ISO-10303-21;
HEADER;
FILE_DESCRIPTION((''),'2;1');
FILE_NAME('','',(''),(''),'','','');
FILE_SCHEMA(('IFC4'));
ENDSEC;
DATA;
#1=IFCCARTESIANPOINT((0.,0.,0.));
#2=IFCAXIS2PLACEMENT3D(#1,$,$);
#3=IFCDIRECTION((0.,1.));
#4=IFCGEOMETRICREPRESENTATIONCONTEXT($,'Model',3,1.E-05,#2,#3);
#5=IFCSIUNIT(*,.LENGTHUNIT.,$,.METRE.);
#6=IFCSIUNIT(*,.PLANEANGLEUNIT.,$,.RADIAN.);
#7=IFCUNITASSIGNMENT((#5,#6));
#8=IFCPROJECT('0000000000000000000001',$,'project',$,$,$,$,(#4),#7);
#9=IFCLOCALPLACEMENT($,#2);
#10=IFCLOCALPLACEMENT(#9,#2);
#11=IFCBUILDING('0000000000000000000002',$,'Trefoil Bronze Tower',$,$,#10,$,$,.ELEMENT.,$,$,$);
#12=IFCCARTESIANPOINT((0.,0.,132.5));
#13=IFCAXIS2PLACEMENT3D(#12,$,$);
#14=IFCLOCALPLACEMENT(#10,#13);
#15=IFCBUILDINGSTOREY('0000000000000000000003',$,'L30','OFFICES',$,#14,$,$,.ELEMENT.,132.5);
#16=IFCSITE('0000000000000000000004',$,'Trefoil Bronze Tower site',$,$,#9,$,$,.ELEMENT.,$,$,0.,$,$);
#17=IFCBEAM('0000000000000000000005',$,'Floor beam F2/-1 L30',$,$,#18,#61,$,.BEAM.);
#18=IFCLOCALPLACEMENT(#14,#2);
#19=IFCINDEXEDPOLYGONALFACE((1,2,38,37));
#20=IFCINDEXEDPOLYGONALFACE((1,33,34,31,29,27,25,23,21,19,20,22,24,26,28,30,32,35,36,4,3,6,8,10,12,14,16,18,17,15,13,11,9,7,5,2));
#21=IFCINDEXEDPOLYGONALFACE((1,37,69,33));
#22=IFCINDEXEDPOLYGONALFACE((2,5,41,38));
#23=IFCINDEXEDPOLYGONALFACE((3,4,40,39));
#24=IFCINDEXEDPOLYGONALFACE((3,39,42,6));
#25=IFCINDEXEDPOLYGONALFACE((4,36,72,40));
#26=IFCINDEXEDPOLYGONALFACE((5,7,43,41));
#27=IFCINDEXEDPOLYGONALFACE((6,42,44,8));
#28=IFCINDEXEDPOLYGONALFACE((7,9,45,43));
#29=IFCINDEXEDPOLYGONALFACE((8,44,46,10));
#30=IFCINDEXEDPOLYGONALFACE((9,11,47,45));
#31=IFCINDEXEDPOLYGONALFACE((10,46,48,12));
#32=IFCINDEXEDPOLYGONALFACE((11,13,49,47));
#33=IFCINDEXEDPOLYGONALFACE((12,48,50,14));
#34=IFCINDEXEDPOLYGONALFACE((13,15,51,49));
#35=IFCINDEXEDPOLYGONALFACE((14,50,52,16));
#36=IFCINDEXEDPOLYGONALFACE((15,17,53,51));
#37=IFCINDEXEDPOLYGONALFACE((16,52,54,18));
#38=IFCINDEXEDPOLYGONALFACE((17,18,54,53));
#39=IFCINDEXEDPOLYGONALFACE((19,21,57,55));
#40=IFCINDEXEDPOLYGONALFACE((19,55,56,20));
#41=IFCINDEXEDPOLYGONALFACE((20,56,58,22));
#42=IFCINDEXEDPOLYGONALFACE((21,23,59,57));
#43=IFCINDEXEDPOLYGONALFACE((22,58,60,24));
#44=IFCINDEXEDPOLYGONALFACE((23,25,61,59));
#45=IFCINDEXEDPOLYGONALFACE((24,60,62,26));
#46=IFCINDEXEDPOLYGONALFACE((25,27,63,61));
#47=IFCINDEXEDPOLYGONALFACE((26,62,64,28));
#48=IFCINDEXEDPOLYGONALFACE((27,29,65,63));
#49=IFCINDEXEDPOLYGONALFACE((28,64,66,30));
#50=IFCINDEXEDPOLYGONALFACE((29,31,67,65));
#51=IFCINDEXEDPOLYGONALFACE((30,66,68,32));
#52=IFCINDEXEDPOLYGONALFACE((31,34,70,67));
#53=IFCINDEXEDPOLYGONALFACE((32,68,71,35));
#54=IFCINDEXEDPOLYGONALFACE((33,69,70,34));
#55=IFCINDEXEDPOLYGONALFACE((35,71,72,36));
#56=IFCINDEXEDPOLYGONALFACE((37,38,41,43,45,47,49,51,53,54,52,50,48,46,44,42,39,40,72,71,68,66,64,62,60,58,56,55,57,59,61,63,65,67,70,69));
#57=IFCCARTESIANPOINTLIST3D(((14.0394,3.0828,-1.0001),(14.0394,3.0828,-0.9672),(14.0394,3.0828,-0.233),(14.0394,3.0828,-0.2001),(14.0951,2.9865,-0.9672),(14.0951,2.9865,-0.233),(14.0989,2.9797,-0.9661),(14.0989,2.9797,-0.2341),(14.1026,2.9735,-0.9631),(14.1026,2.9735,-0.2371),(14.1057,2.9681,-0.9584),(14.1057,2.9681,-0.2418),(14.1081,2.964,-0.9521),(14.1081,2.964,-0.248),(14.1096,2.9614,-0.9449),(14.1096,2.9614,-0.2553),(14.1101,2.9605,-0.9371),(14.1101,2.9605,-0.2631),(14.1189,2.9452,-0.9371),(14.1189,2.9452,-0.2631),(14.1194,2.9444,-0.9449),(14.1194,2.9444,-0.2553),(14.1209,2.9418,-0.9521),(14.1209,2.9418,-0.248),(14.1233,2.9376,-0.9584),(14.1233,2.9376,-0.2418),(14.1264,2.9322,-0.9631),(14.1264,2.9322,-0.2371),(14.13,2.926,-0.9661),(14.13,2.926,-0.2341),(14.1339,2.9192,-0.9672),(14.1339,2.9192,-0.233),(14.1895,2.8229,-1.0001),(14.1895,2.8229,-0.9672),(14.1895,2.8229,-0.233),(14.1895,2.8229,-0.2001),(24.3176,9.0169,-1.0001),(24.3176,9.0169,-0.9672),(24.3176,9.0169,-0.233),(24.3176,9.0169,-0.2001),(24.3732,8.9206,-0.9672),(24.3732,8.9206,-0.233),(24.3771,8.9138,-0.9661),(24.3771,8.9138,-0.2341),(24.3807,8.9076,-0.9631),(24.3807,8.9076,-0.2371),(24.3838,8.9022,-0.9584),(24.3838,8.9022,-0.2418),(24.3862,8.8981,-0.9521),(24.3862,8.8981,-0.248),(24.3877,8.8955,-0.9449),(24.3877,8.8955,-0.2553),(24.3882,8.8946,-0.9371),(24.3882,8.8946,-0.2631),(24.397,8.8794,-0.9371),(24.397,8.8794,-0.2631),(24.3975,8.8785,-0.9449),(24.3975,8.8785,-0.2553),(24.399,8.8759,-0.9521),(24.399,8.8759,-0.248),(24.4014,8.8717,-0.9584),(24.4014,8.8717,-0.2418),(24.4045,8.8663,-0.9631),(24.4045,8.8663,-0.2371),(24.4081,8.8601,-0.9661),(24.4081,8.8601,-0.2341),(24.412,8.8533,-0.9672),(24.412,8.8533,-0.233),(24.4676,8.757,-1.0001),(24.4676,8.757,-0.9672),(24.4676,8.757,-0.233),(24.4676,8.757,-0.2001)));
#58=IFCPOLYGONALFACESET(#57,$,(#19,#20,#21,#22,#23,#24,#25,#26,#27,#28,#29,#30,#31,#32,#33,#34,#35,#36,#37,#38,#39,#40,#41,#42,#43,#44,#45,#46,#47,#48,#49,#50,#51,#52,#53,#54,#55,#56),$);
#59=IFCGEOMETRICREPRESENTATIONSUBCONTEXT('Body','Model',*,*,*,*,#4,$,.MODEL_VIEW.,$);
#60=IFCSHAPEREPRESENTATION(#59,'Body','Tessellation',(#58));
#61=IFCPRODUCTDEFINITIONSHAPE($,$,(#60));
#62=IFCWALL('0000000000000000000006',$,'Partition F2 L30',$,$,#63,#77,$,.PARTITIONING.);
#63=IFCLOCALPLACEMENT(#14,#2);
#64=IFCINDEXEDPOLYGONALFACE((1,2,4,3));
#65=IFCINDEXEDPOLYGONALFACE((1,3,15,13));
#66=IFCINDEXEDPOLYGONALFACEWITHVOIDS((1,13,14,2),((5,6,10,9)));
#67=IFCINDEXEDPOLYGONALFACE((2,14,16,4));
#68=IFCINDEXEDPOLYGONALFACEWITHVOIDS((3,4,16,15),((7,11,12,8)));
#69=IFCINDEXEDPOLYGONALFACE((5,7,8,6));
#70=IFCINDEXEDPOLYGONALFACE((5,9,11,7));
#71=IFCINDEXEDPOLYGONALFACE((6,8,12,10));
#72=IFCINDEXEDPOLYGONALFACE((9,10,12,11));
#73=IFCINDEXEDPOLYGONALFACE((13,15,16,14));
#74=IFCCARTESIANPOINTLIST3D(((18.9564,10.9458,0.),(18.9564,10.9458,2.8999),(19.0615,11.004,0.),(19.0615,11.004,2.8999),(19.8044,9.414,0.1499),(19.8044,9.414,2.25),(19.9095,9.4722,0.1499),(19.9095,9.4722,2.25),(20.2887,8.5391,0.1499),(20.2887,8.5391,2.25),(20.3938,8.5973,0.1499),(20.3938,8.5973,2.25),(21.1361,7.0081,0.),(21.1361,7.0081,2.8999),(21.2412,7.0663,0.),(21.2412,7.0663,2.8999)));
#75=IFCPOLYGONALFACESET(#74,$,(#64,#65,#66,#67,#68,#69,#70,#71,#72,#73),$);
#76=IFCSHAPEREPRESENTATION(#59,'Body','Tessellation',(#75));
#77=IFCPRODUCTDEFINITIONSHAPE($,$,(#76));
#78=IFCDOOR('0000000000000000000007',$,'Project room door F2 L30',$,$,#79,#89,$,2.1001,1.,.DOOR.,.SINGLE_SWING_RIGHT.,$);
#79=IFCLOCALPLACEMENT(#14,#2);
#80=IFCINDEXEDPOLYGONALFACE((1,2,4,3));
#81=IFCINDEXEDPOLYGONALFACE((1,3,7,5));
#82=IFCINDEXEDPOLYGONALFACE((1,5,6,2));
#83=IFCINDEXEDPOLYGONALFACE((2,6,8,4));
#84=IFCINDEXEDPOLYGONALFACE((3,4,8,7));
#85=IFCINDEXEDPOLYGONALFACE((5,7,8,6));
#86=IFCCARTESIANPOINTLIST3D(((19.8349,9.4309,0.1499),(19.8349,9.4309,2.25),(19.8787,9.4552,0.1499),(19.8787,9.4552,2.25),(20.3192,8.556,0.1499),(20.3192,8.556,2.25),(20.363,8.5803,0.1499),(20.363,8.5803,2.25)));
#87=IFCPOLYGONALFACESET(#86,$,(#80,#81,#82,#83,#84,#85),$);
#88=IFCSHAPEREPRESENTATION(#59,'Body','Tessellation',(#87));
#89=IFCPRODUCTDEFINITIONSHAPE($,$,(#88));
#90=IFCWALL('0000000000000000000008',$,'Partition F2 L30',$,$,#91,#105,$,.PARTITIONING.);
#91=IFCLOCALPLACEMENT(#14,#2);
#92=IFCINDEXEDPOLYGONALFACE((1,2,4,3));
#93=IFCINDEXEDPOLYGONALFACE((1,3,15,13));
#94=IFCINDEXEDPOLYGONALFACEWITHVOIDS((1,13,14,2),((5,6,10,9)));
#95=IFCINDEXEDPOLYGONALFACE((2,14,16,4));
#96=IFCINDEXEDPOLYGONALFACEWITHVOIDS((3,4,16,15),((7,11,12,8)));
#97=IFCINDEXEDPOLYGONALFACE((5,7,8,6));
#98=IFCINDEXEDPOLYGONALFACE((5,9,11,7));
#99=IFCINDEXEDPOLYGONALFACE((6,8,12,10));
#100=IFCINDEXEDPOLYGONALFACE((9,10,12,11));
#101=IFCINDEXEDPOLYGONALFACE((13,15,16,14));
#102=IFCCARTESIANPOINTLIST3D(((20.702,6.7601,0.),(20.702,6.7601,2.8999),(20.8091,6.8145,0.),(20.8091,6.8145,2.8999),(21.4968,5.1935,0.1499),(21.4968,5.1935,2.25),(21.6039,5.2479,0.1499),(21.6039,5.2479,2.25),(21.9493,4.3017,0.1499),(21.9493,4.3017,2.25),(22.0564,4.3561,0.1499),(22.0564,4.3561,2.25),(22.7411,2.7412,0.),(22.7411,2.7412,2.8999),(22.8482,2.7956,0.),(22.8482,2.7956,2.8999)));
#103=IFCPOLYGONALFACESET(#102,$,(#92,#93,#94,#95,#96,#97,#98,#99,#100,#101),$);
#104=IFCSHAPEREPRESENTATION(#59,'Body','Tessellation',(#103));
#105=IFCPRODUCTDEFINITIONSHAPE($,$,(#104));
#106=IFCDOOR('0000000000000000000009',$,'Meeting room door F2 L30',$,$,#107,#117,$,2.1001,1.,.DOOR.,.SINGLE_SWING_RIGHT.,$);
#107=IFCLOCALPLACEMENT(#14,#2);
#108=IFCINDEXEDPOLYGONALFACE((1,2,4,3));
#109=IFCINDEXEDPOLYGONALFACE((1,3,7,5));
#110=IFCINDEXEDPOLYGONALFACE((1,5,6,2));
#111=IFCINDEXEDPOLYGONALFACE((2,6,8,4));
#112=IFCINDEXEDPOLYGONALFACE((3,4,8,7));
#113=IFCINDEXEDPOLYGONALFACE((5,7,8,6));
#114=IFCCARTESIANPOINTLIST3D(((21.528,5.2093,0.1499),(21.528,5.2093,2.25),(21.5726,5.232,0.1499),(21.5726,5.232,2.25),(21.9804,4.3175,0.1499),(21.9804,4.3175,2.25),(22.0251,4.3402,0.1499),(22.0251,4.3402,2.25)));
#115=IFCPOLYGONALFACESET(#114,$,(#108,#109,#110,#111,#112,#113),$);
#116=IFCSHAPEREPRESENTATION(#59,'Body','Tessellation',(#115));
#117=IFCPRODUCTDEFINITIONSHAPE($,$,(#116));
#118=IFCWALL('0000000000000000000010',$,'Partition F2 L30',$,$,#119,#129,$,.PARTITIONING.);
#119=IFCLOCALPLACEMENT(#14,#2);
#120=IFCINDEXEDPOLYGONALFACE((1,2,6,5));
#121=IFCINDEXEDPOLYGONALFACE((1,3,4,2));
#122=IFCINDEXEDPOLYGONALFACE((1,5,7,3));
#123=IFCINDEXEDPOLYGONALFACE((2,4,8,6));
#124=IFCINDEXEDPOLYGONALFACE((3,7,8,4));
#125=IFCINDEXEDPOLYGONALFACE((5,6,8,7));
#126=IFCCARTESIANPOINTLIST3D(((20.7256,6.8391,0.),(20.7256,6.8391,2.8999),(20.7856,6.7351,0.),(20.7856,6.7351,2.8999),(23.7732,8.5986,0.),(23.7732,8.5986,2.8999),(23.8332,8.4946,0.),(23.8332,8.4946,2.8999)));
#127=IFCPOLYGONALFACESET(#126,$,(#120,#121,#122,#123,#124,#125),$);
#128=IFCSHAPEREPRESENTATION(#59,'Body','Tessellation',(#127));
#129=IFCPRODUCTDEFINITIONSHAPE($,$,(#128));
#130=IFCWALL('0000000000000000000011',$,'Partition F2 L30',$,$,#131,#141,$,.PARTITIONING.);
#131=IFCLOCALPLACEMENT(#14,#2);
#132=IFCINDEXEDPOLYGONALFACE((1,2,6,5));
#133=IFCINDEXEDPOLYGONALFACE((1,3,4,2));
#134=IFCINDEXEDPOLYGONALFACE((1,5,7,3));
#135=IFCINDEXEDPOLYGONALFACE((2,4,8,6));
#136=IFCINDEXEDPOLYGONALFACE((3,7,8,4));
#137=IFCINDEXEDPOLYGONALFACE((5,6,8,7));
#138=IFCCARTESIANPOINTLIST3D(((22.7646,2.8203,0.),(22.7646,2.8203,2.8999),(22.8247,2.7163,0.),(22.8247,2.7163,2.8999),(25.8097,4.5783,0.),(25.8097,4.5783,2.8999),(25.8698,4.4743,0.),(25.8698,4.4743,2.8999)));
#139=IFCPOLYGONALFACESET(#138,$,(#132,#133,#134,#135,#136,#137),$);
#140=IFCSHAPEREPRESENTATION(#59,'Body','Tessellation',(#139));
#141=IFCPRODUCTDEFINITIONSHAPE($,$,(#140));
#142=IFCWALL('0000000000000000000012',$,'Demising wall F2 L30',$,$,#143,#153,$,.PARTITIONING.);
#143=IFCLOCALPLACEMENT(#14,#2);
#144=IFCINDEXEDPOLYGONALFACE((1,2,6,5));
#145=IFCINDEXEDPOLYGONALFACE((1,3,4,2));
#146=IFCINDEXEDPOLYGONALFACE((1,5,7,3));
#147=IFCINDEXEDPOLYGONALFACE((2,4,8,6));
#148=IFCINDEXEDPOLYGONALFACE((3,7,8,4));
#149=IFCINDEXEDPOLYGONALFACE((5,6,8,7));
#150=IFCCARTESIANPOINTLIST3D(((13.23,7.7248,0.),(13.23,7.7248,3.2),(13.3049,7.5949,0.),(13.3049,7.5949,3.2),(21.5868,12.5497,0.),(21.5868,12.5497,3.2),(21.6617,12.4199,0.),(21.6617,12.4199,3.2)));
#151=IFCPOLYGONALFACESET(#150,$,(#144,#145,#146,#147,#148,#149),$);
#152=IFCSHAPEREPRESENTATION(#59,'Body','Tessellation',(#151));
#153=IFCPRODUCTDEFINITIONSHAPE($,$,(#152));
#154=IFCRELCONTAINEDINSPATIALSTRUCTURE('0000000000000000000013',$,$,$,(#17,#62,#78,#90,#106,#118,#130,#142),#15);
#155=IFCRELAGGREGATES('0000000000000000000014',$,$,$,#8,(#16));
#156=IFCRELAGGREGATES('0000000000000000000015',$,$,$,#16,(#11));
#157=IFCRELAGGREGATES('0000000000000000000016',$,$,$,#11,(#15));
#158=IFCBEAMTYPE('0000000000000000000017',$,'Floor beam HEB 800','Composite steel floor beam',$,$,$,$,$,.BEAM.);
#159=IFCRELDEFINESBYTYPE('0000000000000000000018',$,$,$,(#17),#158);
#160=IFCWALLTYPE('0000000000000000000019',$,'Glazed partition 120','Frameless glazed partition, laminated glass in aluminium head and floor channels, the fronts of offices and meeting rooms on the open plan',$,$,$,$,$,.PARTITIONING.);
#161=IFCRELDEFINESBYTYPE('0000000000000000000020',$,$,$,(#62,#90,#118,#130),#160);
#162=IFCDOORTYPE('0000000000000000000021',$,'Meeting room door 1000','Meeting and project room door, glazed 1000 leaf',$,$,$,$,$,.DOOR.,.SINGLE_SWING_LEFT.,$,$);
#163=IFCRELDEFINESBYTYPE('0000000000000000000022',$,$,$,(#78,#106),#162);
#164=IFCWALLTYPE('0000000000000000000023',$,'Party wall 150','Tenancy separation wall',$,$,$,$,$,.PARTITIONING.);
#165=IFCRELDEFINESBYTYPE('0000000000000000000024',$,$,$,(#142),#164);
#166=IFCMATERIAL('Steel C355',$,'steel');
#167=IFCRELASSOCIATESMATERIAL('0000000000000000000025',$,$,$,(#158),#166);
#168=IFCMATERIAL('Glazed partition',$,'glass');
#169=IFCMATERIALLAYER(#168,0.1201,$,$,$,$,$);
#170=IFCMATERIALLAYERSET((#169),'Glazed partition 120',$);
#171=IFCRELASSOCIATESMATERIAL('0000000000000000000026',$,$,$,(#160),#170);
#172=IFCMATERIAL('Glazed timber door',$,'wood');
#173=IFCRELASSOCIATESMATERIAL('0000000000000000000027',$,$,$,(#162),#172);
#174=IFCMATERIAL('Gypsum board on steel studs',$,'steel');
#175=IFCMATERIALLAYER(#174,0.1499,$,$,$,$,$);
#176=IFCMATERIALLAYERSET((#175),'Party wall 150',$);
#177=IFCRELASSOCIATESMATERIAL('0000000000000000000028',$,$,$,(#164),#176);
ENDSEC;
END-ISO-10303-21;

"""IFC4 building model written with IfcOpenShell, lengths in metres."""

from ifc_helpers import new_model, si_unit, direction, frame, frame_2d, origin, origin_2d, place, context, subcontext, project, spatial, rectangle, i_section, extrude, material, layer, layer_set, material_profile, profile_set, type_object, element, fill, save


model = new_model("IFC4")

# Units and contexts
model_context = context("Model", 3, precision=1e-05, world=origin(), true_north=direction((0.0, 1.0)))
body_context = subcontext(model_context, "Body", "Model", "MODEL_VIEW")
ifc_project = project(units=[si_unit("LENGTHUNIT", "METRE"), si_unit("PLANEANGLEUNIT", "RADIAN")], contexts=[model_context])

# Site, building, storey
site_placement = place(None, origin())
site = spatial("IfcSite", under=ifc_project, at=site_placement, Name="Trefoil Bronze Tower site", CompositionType="ELEMENT", RefElevation=0.0)
building_placement = place(site_placement, origin())
building = spatial("IfcBuilding", under=site, at=building_placement, Name="Trefoil Bronze Tower", CompositionType="ELEMENT")
storey_placement = place(building_placement, frame((0.0, 0.0, 132.5)))
storey = spatial("IfcBuildingStorey", under=building, at=storey_placement, Name="L30", Description="OFFICES", CompositionType="ELEMENT", Elevation=132.5)

# Beam
ifc_material_1 = material(Name="Steel C355", Category="steel")
ifc_material_profile_1 = material_profile(ifc_material_1, i_section(OverallWidth=0.3, OverallDepth=0.8, WebThickness=0.0176, FlangeThickness=0.033, FilletRadius=0.03, at=origin_2d()), Name="HEB 800")
ifc_profile_set_1 = profile_set([ifc_material_profile_1], Name="Steel C355")
beam_type_1 = type_object("IfcBeamType", Name="Floor beam HEB 800", Description="Composite steel floor beam", PredefinedType="BEAM", material=ifc_profile_set_1)
beam_placement = place(storey_placement, frame((24.3926, 8.887, -0.6001), z_axis=(-0.866024, -0.500002, 0.0), x_axis=(0.500002, -0.866024, 0.0)))
element("IfcBeam", 1, at=beam_placement, inside=storey, type_object=beam_type_1, Name="Floor beam F2/-1 L30", PredefinedType="BEAM", context=body_context, shape_type="SweptSolid", body=[
    extrude(i_section(OverallWidth=0.3, OverallDepth=0.8, WebThickness=0.0176, FlangeThickness=0.033, FilletRadius=0.03, at=origin_2d()), origin(), (0.0, 0.0, 1.0), 11.8682),
])

# Walls, openings, doors
ifc_material_2 = material(Name="Glazed partition", Category="glass")
ifc_layer_1 = layer(ifc_material_2, 0.1201)
ifc_layer_set_1 = layer_set([ifc_layer_1], Name="Glazed partition 120")
wall_type_1 = type_object("IfcWallType", Name="Glazed partition 120", Description="Frameless glazed partition, laminated glass in aluminium head and floor channels, the fronts of offices and meeting rooms on the open plan", PredefinedType="PARTITIONING", material=ifc_layer_set_1)
wall_1_placement = place(storey_placement, frame((21.1887, 7.0371, 0.0), z_axis=(0.0, 0.0, 1.0), x_axis=(-0.484293, 0.874906, 0.0)))
wall_1 = element("IfcWall", 2, at=wall_1_placement, inside=storey, type_object=wall_type_1, Name="Partition F2 L30", PredefinedType="PARTITIONING", context=body_context, shape_type="SweptSolid", body=[
    extrude(rectangle(XDim=4.5007, YDim=0.1201, at=frame_2d((2.2505, 0.0))), origin(), (0.0, 0.0, 1.0), 2.8999),
])
opening_1_placement = place(wall_1_placement, frame((1.75, 0.0, 0.1499)))
opening_1 = element("IfcOpeningElement", 3, at=opening_1_placement, cuts=wall_1, PredefinedType="OPENING", context=body_context, shape_type="SweptSolid", body=[
    extrude(rectangle(XDim=1.0, YDim=2.1001, at=frame_2d((0.5, 1.05))), frame((0.0, 0.0701, 0.0), z_axis=(0.0, -1.0, 0.0), x_axis=(1.0, 0.0, 0.0)), (0.0, 0.0, 1.0), 0.1401),
])
ifc_material_3 = material(Name="Glazed timber door", Category="wood")
door_type_1 = type_object("IfcDoorType", Name="Meeting room door 1000", Description="Meeting and project room door, glazed 1000 leaf", OperationType="SINGLE_SWING_LEFT", PredefinedType="DOOR", material=ifc_material_3)
door_1_placement = place(opening_1_placement, frame((1.0, 0.0, 0.0), z_axis=(0.0, 0.0, 1.0), x_axis=(-1.0, 0.0, 0.0)))
door_1 = element("IfcDoor", 4, at=door_1_placement, inside=storey, type_object=door_type_1, Name="Project room door F2 L30", OperationType="SINGLE_SWING_RIGHT", OverallHeight=2.1001, OverallWidth=1.0, PredefinedType="DOOR", context=body_context, shape_type="SweptSolid", body=[
    extrude(rectangle(XDim=1.0, YDim=2.1001, at=frame_2d((0.5, 1.05))), frame((0.0, 0.0249, 0.0), z_axis=(0.0, -1.0, 0.0), x_axis=(1.0, 0.0, 0.0)), (0.0, 0.0, 1.0), 0.05),
])
fill(opening_1, door_1)
wall_2_placement = place(storey_placement, frame((22.7947, 2.7683, 0.0), z_axis=(0.0, 0.0, 1.0), x_axis=(-0.452472, 0.891779, 0.0)))
wall_2 = element("IfcWall", 5, at=wall_2_placement, inside=storey, type_object=wall_type_1, Name="Partition F2 L30", PredefinedType="PARTITIONING", context=body_context, shape_type="SweptSolid", body=[
    extrude(rectangle(XDim=4.5066, YDim=0.1201, at=frame_2d((2.2534, 0.0))), origin(), (0.0, 0.0, 1.0), 2.8999),
])
opening_2_placement = place(wall_2_placement, frame((1.75, 0.0, 0.1499)))
opening_2 = element("IfcOpeningElement", 6, at=opening_2_placement, cuts=wall_2, PredefinedType="OPENING", context=body_context, shape_type="SweptSolid", body=[
    extrude(rectangle(XDim=1.0, YDim=2.1001, at=frame_2d((0.5, 1.05))), frame((0.0, 0.0701, 0.0), z_axis=(0.0, -1.0, 0.0), x_axis=(1.0, 0.0, 0.0)), (0.0, 0.0, 1.0), 0.1401),
])
door_2_placement = place(opening_2_placement, frame((1.0, 0.0, 0.0), z_axis=(0.0, 0.0, 1.0), x_axis=(-1.0, 0.0, 0.0)))
door_2 = element("IfcDoor", 7, at=door_2_placement, inside=storey, type_object=door_type_1, Name="Meeting room door F2 L30", OperationType="SINGLE_SWING_RIGHT", OverallHeight=2.1001, OverallWidth=1.0, PredefinedType="DOOR", context=body_context, shape_type="SweptSolid", body=[
    extrude(rectangle(XDim=1.0, YDim=2.1001, at=frame_2d((0.5, 1.05))), frame((0.0, 0.0249, 0.0), z_axis=(0.0, -1.0, 0.0), x_axis=(1.0, 0.0, 0.0)), (0.0, 0.0, 1.0), 0.05),
])
fill(opening_2, door_2)

# Walls
wall_3_placement = place(storey_placement, frame((20.7556, 6.7871, 0.0), z_axis=(0.0, 0.0, 1.0), x_axis=(0.866027, 0.499997, 0.0)))
element("IfcWall", 8, at=wall_3_placement, inside=storey, type_object=wall_type_1, Name="Partition F2 L30", PredefinedType="PARTITIONING", context=body_context, shape_type="SweptSolid", body=[
    extrude(rectangle(XDim=3.519, YDim=0.1201, at=frame_2d((1.7595, 0.0))), origin(), (0.0, 0.0, 1.0), 2.8999),
])
wall_4_placement = place(storey_placement, frame((22.7947, 2.7683, 0.0), z_axis=(0.0, 0.0, 1.0), x_axis=(0.866034, 0.499985, 0.0)))
element("IfcWall", 9, at=wall_4_placement, inside=storey, type_object=wall_type_1, Name="Partition F2 L30", PredefinedType="PARTITIONING", context=body_context, shape_type="SweptSolid", body=[
    extrude(rectangle(XDim=3.5161, YDim=0.1201, at=frame_2d((1.7581, 0.0))), origin(), (0.0, 0.0, 1.0), 2.8999),
])
ifc_material_4 = material(Name="Gypsum board on steel studs", Category="steel")
ifc_layer_2 = layer(ifc_material_4, 0.1499)
ifc_layer_set_2 = layer_set([ifc_layer_2], Name="Party wall 150")
wall_type_2 = type_object("IfcWallType", Name="Party wall 150", Description="Tenancy separation wall", PredefinedType="PARTITIONING", material=ifc_layer_set_2)
wall_5_placement = place(storey_placement, frame((13.2676, 7.6599, 0.0), z_axis=(0.0, 0.0, 1.0), x_axis=(0.866016, 0.500017, 0.0)))
element("IfcWall", 10, at=wall_5_placement, inside=storey, type_object=wall_type_2, Name="Demising wall F2 L30", PredefinedType="PARTITIONING", context=body_context, shape_type="SweptSolid", body=[
    extrude(rectangle(XDim=9.6497, YDim=0.1499, at=frame_2d((4.8247, 0.0))), origin(), (0.0, 0.0, 1.0), 3.2),
])

save(model, "model.ifc")
